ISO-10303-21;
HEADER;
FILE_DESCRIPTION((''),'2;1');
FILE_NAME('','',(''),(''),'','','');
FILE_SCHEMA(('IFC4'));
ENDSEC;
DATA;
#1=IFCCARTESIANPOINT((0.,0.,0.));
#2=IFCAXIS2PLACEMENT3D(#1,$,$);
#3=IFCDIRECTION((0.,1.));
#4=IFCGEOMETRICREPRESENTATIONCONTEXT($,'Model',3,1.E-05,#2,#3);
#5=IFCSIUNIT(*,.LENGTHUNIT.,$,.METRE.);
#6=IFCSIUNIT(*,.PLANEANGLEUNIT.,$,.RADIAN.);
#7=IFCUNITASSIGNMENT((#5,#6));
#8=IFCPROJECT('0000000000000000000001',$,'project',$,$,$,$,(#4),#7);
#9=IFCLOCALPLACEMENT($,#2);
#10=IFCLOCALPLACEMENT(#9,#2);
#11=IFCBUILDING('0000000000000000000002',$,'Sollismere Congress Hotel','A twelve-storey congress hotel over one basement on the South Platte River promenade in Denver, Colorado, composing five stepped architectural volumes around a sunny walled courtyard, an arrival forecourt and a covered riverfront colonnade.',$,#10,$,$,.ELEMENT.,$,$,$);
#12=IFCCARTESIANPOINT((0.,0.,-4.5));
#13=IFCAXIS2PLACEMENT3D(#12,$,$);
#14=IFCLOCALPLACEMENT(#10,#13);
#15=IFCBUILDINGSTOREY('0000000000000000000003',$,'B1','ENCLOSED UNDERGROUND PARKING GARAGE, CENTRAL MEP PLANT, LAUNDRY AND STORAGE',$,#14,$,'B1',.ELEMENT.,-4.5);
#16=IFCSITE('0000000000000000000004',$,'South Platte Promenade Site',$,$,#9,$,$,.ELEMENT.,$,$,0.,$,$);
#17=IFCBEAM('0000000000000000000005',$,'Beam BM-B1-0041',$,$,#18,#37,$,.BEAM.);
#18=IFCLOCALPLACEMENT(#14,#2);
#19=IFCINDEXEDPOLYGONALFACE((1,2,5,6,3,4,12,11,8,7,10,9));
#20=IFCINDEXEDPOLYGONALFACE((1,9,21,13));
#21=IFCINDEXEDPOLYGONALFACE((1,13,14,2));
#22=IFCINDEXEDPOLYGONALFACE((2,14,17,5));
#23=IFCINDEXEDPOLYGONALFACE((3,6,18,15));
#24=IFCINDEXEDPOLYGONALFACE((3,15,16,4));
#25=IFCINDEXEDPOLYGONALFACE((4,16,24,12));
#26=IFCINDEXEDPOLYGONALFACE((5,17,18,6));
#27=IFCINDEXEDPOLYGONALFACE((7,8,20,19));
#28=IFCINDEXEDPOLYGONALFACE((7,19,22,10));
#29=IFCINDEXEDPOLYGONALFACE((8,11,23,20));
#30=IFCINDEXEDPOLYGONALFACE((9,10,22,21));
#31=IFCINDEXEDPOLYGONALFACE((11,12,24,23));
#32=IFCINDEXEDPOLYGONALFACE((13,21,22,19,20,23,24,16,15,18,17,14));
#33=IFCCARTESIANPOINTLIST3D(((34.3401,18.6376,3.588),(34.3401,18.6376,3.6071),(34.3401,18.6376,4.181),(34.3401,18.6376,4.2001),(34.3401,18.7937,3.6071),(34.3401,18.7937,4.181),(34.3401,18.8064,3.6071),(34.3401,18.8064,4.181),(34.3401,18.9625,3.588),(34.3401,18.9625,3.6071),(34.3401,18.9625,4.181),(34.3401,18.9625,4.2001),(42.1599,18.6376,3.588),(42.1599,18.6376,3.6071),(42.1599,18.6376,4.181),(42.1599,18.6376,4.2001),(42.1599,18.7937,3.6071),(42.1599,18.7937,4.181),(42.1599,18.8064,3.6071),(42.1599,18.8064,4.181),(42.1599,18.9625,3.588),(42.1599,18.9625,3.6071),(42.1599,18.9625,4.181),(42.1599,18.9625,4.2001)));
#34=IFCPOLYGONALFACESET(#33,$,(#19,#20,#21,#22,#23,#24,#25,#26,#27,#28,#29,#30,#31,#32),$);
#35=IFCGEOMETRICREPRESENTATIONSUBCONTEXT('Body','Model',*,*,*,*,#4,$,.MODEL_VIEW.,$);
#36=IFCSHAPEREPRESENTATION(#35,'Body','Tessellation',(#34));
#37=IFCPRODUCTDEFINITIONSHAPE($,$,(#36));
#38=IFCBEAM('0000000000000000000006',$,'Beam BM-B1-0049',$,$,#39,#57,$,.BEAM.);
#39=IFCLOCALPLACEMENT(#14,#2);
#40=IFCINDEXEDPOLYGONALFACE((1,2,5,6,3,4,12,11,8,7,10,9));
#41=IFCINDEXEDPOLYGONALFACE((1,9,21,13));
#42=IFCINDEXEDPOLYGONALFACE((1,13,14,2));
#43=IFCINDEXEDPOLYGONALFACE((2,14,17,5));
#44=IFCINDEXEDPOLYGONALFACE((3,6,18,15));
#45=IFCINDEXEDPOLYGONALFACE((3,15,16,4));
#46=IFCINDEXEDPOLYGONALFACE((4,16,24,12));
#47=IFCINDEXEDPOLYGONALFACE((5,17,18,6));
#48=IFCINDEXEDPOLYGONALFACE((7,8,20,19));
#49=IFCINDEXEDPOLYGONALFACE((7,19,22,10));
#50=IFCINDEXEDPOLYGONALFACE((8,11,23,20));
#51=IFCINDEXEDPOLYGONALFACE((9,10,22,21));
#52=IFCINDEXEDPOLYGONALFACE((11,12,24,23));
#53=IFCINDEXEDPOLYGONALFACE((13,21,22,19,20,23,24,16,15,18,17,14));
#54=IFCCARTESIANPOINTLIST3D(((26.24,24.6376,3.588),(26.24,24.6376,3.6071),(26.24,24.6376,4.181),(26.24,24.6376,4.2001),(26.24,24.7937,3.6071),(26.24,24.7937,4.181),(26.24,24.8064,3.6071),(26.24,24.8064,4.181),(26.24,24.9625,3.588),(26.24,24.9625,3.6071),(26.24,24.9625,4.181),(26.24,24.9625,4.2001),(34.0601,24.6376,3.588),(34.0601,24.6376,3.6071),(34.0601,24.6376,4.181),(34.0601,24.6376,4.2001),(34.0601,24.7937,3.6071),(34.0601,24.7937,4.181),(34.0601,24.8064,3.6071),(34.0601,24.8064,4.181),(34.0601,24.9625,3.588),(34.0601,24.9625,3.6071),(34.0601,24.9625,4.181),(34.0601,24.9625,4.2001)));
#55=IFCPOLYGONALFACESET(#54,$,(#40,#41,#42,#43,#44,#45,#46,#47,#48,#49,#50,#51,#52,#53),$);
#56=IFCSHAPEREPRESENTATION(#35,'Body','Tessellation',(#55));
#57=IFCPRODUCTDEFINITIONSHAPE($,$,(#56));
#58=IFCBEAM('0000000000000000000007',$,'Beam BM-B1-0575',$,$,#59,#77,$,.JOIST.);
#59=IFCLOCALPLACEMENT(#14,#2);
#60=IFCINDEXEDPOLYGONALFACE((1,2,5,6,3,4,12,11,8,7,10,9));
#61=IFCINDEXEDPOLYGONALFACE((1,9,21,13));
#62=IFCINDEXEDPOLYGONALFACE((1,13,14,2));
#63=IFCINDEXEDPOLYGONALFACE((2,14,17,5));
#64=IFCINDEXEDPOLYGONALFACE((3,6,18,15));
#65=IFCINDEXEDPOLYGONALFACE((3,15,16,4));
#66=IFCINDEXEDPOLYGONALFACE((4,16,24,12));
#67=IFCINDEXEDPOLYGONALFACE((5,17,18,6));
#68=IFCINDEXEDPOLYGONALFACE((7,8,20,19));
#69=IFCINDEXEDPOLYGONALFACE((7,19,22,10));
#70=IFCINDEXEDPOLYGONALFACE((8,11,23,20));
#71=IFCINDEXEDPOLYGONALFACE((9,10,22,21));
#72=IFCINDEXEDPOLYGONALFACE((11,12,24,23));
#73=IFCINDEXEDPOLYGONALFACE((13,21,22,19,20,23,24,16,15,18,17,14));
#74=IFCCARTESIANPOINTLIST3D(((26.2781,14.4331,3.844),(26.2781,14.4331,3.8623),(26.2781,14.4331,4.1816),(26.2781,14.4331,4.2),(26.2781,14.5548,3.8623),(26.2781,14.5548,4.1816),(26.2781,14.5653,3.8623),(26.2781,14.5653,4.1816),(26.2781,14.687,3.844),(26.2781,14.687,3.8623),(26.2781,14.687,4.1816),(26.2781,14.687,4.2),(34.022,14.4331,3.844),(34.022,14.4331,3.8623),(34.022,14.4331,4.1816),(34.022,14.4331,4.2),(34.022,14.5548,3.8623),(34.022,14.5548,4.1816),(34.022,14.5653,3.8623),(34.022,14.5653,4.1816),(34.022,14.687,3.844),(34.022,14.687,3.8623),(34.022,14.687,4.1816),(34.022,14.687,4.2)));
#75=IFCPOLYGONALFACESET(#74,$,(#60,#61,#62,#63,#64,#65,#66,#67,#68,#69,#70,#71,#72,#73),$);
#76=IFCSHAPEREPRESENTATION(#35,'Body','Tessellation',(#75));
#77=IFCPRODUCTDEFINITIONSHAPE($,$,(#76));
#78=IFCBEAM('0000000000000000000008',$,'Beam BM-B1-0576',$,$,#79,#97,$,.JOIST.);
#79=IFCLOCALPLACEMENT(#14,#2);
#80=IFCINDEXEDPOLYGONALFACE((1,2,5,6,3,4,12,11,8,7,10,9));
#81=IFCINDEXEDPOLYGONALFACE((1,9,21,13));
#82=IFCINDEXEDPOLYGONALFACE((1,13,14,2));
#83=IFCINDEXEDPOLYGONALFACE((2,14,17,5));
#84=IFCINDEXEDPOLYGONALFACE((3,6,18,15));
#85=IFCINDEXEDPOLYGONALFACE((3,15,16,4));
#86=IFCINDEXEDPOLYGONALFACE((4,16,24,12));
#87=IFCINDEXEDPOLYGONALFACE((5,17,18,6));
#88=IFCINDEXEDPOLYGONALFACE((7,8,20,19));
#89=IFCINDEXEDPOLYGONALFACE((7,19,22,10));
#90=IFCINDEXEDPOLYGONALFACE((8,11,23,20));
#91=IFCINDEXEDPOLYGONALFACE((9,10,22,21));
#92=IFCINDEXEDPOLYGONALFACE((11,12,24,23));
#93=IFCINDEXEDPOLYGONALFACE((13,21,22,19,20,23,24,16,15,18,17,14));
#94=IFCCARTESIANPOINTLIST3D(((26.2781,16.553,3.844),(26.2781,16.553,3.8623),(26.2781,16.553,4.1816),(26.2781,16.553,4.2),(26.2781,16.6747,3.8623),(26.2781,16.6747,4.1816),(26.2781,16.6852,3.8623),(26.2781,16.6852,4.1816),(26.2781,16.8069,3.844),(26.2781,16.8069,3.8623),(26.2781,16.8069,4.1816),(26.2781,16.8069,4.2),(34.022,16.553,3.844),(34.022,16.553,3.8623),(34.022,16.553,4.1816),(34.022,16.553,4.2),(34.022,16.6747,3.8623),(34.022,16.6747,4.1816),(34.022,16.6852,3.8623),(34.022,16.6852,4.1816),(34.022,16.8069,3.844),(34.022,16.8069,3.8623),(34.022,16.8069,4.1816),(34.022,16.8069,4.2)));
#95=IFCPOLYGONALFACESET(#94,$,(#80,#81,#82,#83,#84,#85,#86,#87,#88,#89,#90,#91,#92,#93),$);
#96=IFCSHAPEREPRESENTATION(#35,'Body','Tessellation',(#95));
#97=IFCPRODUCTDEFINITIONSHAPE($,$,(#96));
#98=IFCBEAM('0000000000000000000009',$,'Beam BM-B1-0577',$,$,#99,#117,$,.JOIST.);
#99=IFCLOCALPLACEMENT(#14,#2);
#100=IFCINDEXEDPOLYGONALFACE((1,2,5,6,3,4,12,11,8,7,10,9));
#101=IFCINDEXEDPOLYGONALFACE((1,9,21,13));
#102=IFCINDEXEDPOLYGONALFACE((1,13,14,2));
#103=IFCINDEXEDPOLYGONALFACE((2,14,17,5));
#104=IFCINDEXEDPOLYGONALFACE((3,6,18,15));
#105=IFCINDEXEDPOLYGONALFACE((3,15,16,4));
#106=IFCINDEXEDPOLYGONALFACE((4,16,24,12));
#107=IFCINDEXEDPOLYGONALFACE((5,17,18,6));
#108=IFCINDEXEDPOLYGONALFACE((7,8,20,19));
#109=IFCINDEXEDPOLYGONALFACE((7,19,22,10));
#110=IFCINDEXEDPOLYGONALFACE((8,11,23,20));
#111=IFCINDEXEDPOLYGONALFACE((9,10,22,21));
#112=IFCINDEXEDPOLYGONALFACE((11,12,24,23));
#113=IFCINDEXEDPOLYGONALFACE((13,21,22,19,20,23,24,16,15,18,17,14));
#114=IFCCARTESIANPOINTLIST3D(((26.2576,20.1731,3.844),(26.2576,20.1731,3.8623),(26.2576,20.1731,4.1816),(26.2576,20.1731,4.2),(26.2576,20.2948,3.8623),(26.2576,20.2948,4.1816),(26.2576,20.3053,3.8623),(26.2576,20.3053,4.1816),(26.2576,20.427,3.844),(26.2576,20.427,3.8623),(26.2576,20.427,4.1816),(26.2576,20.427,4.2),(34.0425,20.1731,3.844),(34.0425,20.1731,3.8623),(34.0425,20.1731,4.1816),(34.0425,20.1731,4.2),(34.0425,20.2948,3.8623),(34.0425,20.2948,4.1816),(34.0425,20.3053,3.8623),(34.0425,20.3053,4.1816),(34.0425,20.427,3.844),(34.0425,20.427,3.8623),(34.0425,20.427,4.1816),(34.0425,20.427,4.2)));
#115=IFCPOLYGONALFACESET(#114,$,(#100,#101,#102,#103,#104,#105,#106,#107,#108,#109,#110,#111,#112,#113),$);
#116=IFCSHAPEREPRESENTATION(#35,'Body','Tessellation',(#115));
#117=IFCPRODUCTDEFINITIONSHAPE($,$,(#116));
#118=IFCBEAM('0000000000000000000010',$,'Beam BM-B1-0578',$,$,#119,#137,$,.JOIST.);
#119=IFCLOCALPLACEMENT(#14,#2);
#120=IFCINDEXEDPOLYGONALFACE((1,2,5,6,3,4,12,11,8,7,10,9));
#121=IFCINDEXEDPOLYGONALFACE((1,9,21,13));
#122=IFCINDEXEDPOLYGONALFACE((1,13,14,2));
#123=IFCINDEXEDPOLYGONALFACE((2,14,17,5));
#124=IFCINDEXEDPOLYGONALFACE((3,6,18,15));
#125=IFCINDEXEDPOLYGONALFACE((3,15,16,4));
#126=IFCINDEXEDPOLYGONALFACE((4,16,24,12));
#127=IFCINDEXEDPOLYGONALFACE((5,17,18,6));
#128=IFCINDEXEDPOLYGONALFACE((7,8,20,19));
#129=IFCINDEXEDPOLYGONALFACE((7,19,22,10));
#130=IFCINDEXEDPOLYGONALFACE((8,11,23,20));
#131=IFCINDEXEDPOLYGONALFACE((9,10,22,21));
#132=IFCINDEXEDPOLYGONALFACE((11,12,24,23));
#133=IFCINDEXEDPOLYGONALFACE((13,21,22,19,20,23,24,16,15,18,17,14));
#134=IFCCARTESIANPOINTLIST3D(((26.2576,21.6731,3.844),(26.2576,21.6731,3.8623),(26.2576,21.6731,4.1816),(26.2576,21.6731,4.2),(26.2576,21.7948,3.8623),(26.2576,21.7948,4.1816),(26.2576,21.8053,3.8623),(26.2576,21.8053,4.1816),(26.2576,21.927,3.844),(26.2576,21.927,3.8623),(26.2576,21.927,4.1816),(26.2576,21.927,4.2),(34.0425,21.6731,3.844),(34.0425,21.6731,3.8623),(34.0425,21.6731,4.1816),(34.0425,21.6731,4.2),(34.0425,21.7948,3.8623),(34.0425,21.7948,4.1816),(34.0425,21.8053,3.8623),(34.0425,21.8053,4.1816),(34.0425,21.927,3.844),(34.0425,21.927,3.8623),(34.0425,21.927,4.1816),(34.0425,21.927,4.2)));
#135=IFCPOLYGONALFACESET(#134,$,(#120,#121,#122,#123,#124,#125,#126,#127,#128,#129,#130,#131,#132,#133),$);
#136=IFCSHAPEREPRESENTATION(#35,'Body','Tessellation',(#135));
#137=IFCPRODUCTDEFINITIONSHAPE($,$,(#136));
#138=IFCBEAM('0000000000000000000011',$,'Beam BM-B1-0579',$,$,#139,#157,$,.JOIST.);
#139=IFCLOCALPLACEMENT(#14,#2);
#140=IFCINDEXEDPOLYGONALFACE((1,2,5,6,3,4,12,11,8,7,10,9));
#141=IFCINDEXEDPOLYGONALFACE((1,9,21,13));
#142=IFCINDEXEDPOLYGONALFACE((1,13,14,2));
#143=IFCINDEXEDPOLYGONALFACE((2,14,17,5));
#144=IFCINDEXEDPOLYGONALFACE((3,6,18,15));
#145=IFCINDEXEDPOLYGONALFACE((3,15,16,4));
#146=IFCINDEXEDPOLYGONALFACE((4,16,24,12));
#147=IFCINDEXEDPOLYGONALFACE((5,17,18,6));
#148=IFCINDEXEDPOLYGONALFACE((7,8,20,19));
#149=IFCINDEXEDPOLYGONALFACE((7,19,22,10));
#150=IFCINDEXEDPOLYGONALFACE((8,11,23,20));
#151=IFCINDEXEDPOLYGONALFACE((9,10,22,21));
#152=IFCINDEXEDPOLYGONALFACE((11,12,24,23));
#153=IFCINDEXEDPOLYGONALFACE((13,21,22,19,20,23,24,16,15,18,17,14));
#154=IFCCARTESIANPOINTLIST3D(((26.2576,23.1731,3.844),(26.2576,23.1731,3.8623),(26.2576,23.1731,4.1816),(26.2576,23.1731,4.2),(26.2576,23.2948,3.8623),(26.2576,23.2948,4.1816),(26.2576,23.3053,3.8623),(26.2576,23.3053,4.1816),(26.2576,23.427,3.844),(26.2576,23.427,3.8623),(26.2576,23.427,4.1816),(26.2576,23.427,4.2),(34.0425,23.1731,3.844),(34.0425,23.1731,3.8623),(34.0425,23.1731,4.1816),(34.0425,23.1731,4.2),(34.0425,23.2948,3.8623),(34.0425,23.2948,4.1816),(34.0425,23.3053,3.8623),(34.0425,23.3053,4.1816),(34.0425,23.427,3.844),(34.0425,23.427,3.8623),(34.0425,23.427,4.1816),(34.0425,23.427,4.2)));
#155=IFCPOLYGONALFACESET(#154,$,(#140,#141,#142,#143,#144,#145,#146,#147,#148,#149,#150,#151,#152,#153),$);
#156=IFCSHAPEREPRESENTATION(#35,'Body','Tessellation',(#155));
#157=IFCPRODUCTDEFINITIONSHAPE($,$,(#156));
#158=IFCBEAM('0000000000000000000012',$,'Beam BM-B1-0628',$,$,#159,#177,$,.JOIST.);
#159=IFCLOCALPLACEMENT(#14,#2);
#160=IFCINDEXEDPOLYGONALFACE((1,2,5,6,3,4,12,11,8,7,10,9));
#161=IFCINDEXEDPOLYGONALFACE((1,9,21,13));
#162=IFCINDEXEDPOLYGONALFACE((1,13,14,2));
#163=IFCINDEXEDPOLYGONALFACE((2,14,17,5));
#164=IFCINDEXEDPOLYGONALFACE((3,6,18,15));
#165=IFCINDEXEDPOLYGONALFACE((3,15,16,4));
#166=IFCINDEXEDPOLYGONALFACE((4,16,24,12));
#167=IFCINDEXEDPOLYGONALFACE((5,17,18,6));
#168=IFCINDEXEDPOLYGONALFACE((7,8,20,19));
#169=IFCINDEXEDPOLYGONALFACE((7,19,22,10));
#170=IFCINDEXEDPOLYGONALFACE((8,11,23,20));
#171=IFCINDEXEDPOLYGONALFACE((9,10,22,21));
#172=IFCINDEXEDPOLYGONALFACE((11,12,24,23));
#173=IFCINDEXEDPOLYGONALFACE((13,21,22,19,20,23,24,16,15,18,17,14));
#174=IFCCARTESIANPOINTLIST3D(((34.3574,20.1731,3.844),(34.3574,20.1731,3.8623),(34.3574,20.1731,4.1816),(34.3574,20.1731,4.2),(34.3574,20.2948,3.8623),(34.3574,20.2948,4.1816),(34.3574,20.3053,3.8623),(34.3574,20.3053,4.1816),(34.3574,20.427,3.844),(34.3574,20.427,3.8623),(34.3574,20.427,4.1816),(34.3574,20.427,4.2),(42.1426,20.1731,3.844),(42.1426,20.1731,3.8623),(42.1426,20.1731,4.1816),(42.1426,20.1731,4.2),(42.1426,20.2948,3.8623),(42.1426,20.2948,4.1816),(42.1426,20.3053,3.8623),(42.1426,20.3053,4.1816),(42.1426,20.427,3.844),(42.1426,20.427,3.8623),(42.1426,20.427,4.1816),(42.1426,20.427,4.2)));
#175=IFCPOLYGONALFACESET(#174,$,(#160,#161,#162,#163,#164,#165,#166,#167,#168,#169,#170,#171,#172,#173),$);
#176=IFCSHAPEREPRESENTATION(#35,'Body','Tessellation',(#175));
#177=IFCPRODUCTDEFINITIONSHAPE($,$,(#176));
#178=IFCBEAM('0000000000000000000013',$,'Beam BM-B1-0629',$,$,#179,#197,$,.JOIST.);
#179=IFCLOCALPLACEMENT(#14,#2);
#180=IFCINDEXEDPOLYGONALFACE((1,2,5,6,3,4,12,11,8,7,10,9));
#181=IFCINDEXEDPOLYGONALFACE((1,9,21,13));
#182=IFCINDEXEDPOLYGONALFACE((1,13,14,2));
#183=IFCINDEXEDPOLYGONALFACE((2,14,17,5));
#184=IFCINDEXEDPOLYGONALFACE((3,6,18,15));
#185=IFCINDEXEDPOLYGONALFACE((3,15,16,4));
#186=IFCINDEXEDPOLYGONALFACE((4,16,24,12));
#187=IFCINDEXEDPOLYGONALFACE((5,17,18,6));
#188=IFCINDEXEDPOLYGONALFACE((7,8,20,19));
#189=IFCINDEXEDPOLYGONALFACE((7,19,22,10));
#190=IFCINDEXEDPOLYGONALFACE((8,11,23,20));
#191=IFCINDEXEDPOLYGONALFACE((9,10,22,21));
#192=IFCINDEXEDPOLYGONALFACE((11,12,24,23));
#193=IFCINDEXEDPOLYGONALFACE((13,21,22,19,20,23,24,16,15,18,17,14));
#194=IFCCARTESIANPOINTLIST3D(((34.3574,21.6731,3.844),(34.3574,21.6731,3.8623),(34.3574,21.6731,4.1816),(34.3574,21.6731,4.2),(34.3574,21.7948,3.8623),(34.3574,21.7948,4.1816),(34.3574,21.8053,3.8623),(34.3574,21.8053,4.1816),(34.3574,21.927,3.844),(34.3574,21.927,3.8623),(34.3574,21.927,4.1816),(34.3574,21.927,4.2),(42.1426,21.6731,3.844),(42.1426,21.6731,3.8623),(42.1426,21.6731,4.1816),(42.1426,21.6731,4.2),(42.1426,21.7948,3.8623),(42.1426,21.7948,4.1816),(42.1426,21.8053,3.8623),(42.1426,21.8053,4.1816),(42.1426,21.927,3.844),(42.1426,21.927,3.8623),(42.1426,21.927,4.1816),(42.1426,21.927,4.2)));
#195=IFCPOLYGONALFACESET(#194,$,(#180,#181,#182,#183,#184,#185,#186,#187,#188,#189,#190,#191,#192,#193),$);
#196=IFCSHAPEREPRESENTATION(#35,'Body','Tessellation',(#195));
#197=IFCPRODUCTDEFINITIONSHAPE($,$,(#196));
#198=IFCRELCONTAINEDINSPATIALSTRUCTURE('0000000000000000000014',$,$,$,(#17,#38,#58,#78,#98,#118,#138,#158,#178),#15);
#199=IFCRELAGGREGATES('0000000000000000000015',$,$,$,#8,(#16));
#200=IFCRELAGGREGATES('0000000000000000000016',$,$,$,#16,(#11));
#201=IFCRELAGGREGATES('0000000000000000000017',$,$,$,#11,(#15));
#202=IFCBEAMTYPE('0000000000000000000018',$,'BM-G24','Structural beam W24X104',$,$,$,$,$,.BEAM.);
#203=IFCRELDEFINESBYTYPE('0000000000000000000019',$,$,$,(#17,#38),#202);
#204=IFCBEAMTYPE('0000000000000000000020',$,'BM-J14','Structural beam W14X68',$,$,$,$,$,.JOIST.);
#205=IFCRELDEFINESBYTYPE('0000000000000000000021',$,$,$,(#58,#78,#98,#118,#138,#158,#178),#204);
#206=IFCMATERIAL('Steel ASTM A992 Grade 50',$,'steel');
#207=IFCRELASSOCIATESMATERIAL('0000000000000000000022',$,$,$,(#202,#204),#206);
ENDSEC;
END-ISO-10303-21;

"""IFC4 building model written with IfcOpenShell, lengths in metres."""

from ifc_helpers import new_model, si_unit, direction, frame, origin, origin_2d, place, context, subcontext, project, spatial, i_section, extrude, material, material_profile, profile_set, type_object, element, save


model = new_model("IFC4")

# Units and contexts
model_context = context("Model", 3, precision=1e-05, world=origin(), true_north=direction((0.0, 1.0)))
body_context = subcontext(model_context, "Body", "Model", "MODEL_VIEW")
ifc_project = project(units=[si_unit("LENGTHUNIT", "METRE"), si_unit("PLANEANGLEUNIT", "RADIAN")], contexts=[model_context])

# Site, building, storey
site_placement = place(None, origin())
site = spatial("IfcSite", under=ifc_project, at=site_placement, Name="South Platte Promenade Site", CompositionType="ELEMENT", RefElevation=0.0)
building_placement = place(site_placement, origin())
building = spatial("IfcBuilding", under=site, at=building_placement, Name="Sollismere Congress Hotel", Description="A twelve-storey congress hotel over one basement on the South Platte River promenade in Denver, Colorado, composing five stepped architectural volumes around a sunny walled courtyard, an arrival forecourt and a covered riverfront colonnade.", CompositionType="ELEMENT")
storey_placement = place(building_placement, frame((0.0, 0.0, -4.5)))
storey = spatial("IfcBuildingStorey", under=building, at=storey_placement, Name="B1", Description="ENCLOSED UNDERGROUND PARKING GARAGE, CENTRAL MEP PLANT, LAUNDRY AND STORAGE", LongName="B1", CompositionType="ELEMENT", Elevation=-4.5)

# Beams
ifc_material_1 = material(Name="Steel ASTM A992 Grade 50", Category="steel")
ifc_material_profile_1 = material_profile(ifc_material_1, i_section(OverallWidth=0.325, OverallDepth=0.6121, WebThickness=0.0127, FlangeThickness=0.019, at=origin_2d()), Name="W24X104")
ifc_profile_set_1 = profile_set([ifc_material_profile_1], Name="Steel ASTM A992 Grade 50")
beam_type_1 = type_object("IfcBeamType", Name="BM-G24", Description="Structural beam W24X104", PredefinedType="BEAM", material=ifc_profile_set_1)
beam_1_placement = place(storey_placement, frame((34.3401, 18.8, 3.894), z_axis=(1.0, 0.0, 0.0), x_axis=(0.0, 1.0, 0.0)))
element("IfcBeam", 1, at=beam_1_placement, inside=storey, type_object=beam_type_1, Name="Beam BM-B1-0041", PredefinedType="BEAM", context=body_context, shape_type="SweptSolid", body=[
    extrude(i_section(OverallWidth=0.325, OverallDepth=0.6121, WebThickness=0.0127, FlangeThickness=0.019, at=origin_2d()), origin(), (0.0, 0.0, 1.0), 7.8198),
])
beam_2_placement = place(storey_placement, frame((26.24, 24.8, 3.894), z_axis=(1.0, 0.0, 0.0), x_axis=(0.0, 1.0, 0.0)))
element("IfcBeam", 2, at=beam_2_placement, inside=storey, type_object=beam_type_1, Name="Beam BM-B1-0049", PredefinedType="BEAM", context=body_context, shape_type="SweptSolid", body=[
    extrude(i_section(OverallWidth=0.325, OverallDepth=0.6121, WebThickness=0.0127, FlangeThickness=0.019, at=origin_2d()), origin(), (0.0, 0.0, 1.0), 7.8201),
])
ifc_material_profile_2 = material_profile(ifc_material_1, i_section(OverallWidth=0.2539, OverallDepth=0.356, WebThickness=0.0105, FlangeThickness=0.0183, at=origin_2d()), Name="W14X68")
ifc_profile_set_2 = profile_set([ifc_material_profile_2], Name="Steel ASTM A992 Grade 50")
beam_type_2 = type_object("IfcBeamType", Name="BM-J14", Description="Structural beam W14X68", PredefinedType="JOIST", material=ifc_profile_set_2)
for number, where, z_axis, x_axis, name in (
    (3, (26.2781, 14.5601, 4.022), (1.0, 0.0, 0.0), (0.0, 1.0, 0.0), "Beam BM-B1-0575"),
    (4, (26.2781, 16.6799, 4.022), (1.0, 0.0, 0.0), (0.0, 1.0, 0.0), "Beam BM-B1-0576"),
):
    element("IfcBeam", number, at=place(storey_placement, frame(where, z_axis=z_axis, x_axis=x_axis)), inside=storey, type_object=beam_type_2, Name=name, PredefinedType="JOIST", context=body_context, shape_type="SweptSolid", body=[
        extrude(i_section(OverallWidth=0.2539, OverallDepth=0.356, WebThickness=0.0105, FlangeThickness=0.0183, at=origin_2d()), origin(), (0.0, 0.0, 1.0), 7.7439),
    ])
for number, where, z_axis, x_axis, name in (
    (5, (26.2576, 20.3, 4.022), (1.0, 0.0, 0.0), (0.0, 1.0, 0.0), "Beam BM-B1-0577"),
    (6, (26.2576, 21.8, 4.022), (1.0, 0.0, 0.0), (0.0, 1.0, 0.0), "Beam BM-B1-0578"),
    (7, (26.2576, 23.3, 4.022), (1.0, 0.0, 0.0), (0.0, 1.0, 0.0), "Beam BM-B1-0579"),
):
    element("IfcBeam", number, at=place(storey_placement, frame(where, z_axis=z_axis, x_axis=x_axis)), inside=storey, type_object=beam_type_2, Name=name, PredefinedType="JOIST", context=body_context, shape_type="SweptSolid", body=[
        extrude(i_section(OverallWidth=0.2539, OverallDepth=0.356, WebThickness=0.0105, FlangeThickness=0.0183, at=origin_2d()), origin(), (0.0, 0.0, 1.0), 7.7849),
    ])
for number, where, z_axis, x_axis, name in (
    (8, (34.3574, 20.3, 4.022), (1.0, 0.0, 0.0), (0.0, 1.0, 0.0), "Beam BM-B1-0628"),
    (9, (34.3574, 21.8, 4.022), (1.0, 0.0, 0.0), (0.0, 1.0, 0.0), "Beam BM-B1-0629"),
):
    element("IfcBeam", number, at=place(storey_placement, frame(where, z_axis=z_axis, x_axis=x_axis)), inside=storey, type_object=beam_type_2, Name=name, PredefinedType="JOIST", context=body_context, shape_type="SweptSolid", body=[
        extrude(i_section(OverallWidth=0.2539, OverallDepth=0.356, WebThickness=0.0105, FlangeThickness=0.0183, at=origin_2d()), origin(), (0.0, 0.0, 1.0), 7.7852),
    ])

save(model, "model.ifc")
